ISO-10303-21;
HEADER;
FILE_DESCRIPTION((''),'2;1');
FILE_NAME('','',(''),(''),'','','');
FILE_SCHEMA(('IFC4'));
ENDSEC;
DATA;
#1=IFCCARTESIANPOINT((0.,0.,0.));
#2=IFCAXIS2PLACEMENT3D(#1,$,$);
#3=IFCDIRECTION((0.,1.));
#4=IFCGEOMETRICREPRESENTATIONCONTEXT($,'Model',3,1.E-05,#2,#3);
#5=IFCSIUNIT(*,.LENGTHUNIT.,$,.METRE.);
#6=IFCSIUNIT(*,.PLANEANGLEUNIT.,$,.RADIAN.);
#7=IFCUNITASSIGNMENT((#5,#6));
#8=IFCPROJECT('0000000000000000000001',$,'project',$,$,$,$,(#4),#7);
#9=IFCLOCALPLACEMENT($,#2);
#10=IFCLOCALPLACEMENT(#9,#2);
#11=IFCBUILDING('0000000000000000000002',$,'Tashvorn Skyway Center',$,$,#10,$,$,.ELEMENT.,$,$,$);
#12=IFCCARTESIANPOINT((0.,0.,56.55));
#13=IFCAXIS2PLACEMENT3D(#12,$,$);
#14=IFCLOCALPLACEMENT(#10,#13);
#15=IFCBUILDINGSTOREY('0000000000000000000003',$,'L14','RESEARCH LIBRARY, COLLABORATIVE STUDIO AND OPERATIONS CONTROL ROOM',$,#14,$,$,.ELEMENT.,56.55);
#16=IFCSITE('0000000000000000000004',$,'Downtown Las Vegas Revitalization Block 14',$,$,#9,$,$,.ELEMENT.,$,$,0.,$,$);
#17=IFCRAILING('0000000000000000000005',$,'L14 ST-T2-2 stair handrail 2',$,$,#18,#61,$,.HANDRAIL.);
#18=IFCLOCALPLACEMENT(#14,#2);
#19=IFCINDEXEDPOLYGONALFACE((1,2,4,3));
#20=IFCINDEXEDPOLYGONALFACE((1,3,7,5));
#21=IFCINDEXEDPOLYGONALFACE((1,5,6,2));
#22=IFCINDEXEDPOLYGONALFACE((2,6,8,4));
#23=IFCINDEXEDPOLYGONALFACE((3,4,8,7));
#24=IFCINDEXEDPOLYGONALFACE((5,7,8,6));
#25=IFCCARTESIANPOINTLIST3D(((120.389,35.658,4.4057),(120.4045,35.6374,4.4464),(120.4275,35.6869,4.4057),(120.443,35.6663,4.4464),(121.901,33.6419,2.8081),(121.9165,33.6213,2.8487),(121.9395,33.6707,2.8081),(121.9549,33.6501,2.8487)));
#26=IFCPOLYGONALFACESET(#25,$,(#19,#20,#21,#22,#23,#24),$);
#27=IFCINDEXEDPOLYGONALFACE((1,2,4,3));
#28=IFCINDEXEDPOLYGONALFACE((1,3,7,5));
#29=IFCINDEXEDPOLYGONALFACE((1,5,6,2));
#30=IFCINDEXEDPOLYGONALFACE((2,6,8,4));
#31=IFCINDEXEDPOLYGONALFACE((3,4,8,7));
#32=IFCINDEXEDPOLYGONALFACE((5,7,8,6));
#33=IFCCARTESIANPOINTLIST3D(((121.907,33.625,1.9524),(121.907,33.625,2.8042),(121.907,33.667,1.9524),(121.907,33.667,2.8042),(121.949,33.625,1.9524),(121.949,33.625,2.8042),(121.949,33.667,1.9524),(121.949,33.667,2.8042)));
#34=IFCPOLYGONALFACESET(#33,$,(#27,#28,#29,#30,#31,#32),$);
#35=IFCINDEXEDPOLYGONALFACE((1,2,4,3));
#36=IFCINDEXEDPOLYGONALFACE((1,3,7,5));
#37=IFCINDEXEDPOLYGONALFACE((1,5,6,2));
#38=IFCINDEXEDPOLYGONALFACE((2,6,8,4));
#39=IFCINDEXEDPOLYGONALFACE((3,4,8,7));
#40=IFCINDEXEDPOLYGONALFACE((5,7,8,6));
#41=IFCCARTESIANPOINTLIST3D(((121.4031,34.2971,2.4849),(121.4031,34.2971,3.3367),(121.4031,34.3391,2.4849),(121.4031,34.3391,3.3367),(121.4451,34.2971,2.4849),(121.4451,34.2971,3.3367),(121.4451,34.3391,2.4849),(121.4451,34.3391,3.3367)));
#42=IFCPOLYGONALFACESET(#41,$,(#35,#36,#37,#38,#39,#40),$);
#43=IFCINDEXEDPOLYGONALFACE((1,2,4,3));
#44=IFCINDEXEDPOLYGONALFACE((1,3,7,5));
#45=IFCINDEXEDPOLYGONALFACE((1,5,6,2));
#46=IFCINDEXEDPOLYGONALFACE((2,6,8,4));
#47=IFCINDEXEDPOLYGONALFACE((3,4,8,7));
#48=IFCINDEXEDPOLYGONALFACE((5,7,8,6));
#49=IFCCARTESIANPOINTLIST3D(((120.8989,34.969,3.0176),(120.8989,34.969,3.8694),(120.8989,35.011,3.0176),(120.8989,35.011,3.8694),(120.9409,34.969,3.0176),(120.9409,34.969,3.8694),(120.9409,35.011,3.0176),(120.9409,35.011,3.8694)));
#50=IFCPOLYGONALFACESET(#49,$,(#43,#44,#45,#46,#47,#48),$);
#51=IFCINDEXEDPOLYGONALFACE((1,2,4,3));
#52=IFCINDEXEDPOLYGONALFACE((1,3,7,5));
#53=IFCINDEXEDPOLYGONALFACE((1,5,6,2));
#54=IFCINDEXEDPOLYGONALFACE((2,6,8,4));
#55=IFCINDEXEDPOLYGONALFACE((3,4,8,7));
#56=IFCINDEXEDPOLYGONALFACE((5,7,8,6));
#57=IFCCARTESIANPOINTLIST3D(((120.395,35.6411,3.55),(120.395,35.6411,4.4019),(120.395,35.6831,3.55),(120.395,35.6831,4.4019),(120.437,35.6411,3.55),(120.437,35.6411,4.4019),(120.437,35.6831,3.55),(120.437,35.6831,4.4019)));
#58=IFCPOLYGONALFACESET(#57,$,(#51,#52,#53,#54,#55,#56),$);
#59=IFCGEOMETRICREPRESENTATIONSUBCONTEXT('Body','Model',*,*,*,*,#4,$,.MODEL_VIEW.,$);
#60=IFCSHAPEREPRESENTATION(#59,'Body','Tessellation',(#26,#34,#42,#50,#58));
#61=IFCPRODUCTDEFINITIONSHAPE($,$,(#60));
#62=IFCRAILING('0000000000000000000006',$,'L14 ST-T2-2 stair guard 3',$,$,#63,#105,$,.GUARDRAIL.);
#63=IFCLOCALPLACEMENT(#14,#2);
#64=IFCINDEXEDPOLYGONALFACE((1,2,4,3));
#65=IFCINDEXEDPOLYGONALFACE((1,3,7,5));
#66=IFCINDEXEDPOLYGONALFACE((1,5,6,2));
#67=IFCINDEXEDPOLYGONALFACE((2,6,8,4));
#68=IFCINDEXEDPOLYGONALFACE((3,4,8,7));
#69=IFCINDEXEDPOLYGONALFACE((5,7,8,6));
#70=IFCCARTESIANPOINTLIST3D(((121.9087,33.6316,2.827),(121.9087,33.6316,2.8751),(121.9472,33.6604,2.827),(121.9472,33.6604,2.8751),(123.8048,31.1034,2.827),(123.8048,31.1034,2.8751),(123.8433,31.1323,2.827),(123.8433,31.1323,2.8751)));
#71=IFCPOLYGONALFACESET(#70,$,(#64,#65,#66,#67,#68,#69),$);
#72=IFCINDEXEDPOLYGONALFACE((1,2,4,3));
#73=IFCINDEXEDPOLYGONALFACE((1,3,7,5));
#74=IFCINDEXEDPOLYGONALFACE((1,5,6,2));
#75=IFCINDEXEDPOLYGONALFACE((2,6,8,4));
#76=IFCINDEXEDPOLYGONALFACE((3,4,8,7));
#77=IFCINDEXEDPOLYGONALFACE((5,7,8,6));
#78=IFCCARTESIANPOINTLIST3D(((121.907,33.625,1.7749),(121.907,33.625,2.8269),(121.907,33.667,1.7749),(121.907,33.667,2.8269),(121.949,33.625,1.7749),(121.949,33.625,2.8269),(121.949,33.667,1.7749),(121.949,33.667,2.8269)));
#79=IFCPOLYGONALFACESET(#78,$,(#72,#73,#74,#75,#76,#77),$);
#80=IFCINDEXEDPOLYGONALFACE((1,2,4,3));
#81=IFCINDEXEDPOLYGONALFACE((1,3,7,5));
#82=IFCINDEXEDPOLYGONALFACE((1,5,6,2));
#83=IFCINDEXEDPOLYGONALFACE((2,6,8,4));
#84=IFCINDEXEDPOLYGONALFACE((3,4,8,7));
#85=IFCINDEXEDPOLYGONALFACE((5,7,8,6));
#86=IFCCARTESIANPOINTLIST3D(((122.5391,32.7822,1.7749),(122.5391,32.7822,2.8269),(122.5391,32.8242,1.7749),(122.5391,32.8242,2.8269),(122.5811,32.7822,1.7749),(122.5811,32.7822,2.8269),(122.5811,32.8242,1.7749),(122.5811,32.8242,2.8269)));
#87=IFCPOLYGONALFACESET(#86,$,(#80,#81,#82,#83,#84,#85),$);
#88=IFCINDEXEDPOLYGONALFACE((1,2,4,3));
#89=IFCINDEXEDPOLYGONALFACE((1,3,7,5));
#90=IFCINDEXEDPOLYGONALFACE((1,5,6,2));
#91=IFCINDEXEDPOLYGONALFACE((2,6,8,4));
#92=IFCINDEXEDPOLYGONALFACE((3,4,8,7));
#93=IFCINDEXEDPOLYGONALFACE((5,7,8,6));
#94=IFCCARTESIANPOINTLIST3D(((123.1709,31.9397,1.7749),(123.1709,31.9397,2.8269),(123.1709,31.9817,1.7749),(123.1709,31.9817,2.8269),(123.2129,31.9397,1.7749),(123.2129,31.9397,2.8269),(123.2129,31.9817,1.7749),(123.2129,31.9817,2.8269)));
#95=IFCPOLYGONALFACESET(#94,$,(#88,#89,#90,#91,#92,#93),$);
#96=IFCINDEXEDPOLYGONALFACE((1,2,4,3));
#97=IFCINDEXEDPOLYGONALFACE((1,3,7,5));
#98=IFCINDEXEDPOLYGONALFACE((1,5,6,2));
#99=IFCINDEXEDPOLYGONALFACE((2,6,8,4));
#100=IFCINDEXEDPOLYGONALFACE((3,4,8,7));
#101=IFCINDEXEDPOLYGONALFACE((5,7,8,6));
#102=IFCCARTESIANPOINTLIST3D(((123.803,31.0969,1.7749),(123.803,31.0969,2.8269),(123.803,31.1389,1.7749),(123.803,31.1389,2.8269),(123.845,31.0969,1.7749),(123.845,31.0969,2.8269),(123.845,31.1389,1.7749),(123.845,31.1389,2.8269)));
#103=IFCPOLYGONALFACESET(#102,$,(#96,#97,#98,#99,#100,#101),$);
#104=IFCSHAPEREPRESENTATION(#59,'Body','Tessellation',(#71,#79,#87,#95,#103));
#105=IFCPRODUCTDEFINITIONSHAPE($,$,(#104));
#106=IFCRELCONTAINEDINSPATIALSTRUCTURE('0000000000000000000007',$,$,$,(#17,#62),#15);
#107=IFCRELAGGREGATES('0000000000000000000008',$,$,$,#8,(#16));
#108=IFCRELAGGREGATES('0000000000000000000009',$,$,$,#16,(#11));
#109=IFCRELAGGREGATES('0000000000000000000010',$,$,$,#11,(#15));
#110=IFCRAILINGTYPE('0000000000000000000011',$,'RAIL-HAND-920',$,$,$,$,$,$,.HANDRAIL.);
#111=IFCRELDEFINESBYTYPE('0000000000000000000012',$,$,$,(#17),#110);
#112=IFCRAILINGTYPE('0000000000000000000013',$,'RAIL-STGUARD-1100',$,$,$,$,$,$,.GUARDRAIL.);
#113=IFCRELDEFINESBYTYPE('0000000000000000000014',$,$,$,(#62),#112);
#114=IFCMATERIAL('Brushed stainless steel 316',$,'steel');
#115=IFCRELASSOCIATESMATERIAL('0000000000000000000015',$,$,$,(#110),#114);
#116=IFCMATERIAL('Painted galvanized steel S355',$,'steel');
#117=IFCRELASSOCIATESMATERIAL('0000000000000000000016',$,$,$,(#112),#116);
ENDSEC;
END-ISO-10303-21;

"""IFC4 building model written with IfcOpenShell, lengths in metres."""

from ifc_helpers import new_model, si_unit, direction, frame, origin, origin_2d, place, context, subcontext, project, spatial, rectangle, extrude, material, type_object, element, save


model = new_model("IFC4")

# Units and contexts
model_context = context("Model", 3, precision=1e-05, world=origin(), true_north=direction((0.0, 1.0)))
body_context = subcontext(model_context, "Body", "Model", "MODEL_VIEW")
ifc_project = project(units=[si_unit("LENGTHUNIT", "METRE"), si_unit("PLANEANGLEUNIT", "RADIAN")], contexts=[model_context])

# Site, building, storey
site_placement = place(None, origin())
site = spatial("IfcSite", under=ifc_project, at=site_placement, Name="Downtown Las Vegas Revitalization Block 14", CompositionType="ELEMENT", RefElevation=0.0)
building_placement = place(site_placement, origin())
building = spatial("IfcBuilding", under=site, at=building_placement, Name="Tashvorn Skyway Center", CompositionType="ELEMENT")
storey_placement = place(building_placement, frame((0.0, 0.0, 56.55)))
storey = spatial("IfcBuildingStorey", under=building, at=storey_placement, Name="L14", Description="RESEARCH LIBRARY, COLLABORATIVE STUDIO AND OPERATIONS CONTROL ROOM", CompositionType="ELEMENT", Elevation=56.55)

# Railings
ifc_material_1 = material(Name="Brushed stainless steel 316", Category="steel")
railing_type_1 = type_object("IfcRailingType", Name="RAIL-HAND-920", PredefinedType="HANDRAIL", material=ifc_material_1)
railing_1_placement = place(storey_placement, frame((121.928, 33.646, 1.9524)))
element("IfcRailing", 1, at=railing_1_placement, inside=storey, type_object=railing_type_1, Name="L14 ST-T2-2 stair handrail 2", PredefinedType="HANDRAIL", context=body_context, shape_type="SweptSolid", body=[
    extrude(rectangle(XDim=0.0481, YDim=0.0481, at=origin_2d()), frame((0.0, 0.0, 0.876), z_axis=(-0.506719, 0.675679, 0.535438), x_axis=(-0.800023, -0.599969, 0.0)), (0.0, 0.0, 1.0), 2.9839),
    extrude(rectangle(XDim=0.042, YDim=0.042, at=origin_2d()), origin(), (0.0, 0.0, 1.0), 0.8518),
    extrude(rectangle(XDim=0.042, YDim=0.042, at=origin_2d()), frame((-0.5039, 0.6721, 0.5325)), (0.0, 0.0, 1.0), 0.8518),
    extrude(rectangle(XDim=0.042, YDim=0.042, at=origin_2d()), frame((-1.0081, 1.344, 1.0652)), (0.0, 0.0, 1.0), 0.8518),
    extrude(rectangle(XDim=0.042, YDim=0.042, at=origin_2d()), frame((-1.512, 2.0161, 1.5977)), (0.0, 0.0, 1.0), 0.8518),
])
ifc_material_2 = material(Name="Painted galvanized steel S355", Category="steel")
railing_type_2 = type_object("IfcRailingType", Name="RAIL-STGUARD-1100", PredefinedType="GUARDRAIL", material=ifc_material_2)
railing_2_placement = place(storey_placement, frame((121.928, 33.646, 1.7749)))
element("IfcRailing", 2, at=railing_2_placement, inside=storey, type_object=railing_type_2, Name="L14 ST-T2-2 stair guard 3", PredefinedType="GUARDRAIL", context=body_context, shape_type="SweptSolid", body=[
    extrude(rectangle(XDim=0.0481, YDim=0.0481, at=origin_2d()), frame((0.0, 0.0, 1.0762), z_axis=(0.599988, -0.800009, 0.0), x_axis=(0.800009, 0.599988, 0.0)), (0.0, 0.0, 1.0), 3.1602),
    extrude(rectangle(XDim=0.042, YDim=0.042, at=origin_2d()), origin(), (0.0, 0.0, 1.0), 1.052),
    extrude(rectangle(XDim=0.042, YDim=0.042, at=origin_2d()), frame((0.6321, -0.8428, 0.0)), (0.0, 0.0, 1.0), 1.052),
    extrude(rectangle(XDim=0.042, YDim=0.042, at=origin_2d()), frame((1.2639, -1.6853, 0.0)), (0.0, 0.0, 1.0), 1.052),
    extrude(rectangle(XDim=0.042, YDim=0.042, at=origin_2d()), frame((1.896, -2.5281, 0.0)), (0.0, 0.0, 1.0), 1.052),
])

save(model, "model.ifc")
